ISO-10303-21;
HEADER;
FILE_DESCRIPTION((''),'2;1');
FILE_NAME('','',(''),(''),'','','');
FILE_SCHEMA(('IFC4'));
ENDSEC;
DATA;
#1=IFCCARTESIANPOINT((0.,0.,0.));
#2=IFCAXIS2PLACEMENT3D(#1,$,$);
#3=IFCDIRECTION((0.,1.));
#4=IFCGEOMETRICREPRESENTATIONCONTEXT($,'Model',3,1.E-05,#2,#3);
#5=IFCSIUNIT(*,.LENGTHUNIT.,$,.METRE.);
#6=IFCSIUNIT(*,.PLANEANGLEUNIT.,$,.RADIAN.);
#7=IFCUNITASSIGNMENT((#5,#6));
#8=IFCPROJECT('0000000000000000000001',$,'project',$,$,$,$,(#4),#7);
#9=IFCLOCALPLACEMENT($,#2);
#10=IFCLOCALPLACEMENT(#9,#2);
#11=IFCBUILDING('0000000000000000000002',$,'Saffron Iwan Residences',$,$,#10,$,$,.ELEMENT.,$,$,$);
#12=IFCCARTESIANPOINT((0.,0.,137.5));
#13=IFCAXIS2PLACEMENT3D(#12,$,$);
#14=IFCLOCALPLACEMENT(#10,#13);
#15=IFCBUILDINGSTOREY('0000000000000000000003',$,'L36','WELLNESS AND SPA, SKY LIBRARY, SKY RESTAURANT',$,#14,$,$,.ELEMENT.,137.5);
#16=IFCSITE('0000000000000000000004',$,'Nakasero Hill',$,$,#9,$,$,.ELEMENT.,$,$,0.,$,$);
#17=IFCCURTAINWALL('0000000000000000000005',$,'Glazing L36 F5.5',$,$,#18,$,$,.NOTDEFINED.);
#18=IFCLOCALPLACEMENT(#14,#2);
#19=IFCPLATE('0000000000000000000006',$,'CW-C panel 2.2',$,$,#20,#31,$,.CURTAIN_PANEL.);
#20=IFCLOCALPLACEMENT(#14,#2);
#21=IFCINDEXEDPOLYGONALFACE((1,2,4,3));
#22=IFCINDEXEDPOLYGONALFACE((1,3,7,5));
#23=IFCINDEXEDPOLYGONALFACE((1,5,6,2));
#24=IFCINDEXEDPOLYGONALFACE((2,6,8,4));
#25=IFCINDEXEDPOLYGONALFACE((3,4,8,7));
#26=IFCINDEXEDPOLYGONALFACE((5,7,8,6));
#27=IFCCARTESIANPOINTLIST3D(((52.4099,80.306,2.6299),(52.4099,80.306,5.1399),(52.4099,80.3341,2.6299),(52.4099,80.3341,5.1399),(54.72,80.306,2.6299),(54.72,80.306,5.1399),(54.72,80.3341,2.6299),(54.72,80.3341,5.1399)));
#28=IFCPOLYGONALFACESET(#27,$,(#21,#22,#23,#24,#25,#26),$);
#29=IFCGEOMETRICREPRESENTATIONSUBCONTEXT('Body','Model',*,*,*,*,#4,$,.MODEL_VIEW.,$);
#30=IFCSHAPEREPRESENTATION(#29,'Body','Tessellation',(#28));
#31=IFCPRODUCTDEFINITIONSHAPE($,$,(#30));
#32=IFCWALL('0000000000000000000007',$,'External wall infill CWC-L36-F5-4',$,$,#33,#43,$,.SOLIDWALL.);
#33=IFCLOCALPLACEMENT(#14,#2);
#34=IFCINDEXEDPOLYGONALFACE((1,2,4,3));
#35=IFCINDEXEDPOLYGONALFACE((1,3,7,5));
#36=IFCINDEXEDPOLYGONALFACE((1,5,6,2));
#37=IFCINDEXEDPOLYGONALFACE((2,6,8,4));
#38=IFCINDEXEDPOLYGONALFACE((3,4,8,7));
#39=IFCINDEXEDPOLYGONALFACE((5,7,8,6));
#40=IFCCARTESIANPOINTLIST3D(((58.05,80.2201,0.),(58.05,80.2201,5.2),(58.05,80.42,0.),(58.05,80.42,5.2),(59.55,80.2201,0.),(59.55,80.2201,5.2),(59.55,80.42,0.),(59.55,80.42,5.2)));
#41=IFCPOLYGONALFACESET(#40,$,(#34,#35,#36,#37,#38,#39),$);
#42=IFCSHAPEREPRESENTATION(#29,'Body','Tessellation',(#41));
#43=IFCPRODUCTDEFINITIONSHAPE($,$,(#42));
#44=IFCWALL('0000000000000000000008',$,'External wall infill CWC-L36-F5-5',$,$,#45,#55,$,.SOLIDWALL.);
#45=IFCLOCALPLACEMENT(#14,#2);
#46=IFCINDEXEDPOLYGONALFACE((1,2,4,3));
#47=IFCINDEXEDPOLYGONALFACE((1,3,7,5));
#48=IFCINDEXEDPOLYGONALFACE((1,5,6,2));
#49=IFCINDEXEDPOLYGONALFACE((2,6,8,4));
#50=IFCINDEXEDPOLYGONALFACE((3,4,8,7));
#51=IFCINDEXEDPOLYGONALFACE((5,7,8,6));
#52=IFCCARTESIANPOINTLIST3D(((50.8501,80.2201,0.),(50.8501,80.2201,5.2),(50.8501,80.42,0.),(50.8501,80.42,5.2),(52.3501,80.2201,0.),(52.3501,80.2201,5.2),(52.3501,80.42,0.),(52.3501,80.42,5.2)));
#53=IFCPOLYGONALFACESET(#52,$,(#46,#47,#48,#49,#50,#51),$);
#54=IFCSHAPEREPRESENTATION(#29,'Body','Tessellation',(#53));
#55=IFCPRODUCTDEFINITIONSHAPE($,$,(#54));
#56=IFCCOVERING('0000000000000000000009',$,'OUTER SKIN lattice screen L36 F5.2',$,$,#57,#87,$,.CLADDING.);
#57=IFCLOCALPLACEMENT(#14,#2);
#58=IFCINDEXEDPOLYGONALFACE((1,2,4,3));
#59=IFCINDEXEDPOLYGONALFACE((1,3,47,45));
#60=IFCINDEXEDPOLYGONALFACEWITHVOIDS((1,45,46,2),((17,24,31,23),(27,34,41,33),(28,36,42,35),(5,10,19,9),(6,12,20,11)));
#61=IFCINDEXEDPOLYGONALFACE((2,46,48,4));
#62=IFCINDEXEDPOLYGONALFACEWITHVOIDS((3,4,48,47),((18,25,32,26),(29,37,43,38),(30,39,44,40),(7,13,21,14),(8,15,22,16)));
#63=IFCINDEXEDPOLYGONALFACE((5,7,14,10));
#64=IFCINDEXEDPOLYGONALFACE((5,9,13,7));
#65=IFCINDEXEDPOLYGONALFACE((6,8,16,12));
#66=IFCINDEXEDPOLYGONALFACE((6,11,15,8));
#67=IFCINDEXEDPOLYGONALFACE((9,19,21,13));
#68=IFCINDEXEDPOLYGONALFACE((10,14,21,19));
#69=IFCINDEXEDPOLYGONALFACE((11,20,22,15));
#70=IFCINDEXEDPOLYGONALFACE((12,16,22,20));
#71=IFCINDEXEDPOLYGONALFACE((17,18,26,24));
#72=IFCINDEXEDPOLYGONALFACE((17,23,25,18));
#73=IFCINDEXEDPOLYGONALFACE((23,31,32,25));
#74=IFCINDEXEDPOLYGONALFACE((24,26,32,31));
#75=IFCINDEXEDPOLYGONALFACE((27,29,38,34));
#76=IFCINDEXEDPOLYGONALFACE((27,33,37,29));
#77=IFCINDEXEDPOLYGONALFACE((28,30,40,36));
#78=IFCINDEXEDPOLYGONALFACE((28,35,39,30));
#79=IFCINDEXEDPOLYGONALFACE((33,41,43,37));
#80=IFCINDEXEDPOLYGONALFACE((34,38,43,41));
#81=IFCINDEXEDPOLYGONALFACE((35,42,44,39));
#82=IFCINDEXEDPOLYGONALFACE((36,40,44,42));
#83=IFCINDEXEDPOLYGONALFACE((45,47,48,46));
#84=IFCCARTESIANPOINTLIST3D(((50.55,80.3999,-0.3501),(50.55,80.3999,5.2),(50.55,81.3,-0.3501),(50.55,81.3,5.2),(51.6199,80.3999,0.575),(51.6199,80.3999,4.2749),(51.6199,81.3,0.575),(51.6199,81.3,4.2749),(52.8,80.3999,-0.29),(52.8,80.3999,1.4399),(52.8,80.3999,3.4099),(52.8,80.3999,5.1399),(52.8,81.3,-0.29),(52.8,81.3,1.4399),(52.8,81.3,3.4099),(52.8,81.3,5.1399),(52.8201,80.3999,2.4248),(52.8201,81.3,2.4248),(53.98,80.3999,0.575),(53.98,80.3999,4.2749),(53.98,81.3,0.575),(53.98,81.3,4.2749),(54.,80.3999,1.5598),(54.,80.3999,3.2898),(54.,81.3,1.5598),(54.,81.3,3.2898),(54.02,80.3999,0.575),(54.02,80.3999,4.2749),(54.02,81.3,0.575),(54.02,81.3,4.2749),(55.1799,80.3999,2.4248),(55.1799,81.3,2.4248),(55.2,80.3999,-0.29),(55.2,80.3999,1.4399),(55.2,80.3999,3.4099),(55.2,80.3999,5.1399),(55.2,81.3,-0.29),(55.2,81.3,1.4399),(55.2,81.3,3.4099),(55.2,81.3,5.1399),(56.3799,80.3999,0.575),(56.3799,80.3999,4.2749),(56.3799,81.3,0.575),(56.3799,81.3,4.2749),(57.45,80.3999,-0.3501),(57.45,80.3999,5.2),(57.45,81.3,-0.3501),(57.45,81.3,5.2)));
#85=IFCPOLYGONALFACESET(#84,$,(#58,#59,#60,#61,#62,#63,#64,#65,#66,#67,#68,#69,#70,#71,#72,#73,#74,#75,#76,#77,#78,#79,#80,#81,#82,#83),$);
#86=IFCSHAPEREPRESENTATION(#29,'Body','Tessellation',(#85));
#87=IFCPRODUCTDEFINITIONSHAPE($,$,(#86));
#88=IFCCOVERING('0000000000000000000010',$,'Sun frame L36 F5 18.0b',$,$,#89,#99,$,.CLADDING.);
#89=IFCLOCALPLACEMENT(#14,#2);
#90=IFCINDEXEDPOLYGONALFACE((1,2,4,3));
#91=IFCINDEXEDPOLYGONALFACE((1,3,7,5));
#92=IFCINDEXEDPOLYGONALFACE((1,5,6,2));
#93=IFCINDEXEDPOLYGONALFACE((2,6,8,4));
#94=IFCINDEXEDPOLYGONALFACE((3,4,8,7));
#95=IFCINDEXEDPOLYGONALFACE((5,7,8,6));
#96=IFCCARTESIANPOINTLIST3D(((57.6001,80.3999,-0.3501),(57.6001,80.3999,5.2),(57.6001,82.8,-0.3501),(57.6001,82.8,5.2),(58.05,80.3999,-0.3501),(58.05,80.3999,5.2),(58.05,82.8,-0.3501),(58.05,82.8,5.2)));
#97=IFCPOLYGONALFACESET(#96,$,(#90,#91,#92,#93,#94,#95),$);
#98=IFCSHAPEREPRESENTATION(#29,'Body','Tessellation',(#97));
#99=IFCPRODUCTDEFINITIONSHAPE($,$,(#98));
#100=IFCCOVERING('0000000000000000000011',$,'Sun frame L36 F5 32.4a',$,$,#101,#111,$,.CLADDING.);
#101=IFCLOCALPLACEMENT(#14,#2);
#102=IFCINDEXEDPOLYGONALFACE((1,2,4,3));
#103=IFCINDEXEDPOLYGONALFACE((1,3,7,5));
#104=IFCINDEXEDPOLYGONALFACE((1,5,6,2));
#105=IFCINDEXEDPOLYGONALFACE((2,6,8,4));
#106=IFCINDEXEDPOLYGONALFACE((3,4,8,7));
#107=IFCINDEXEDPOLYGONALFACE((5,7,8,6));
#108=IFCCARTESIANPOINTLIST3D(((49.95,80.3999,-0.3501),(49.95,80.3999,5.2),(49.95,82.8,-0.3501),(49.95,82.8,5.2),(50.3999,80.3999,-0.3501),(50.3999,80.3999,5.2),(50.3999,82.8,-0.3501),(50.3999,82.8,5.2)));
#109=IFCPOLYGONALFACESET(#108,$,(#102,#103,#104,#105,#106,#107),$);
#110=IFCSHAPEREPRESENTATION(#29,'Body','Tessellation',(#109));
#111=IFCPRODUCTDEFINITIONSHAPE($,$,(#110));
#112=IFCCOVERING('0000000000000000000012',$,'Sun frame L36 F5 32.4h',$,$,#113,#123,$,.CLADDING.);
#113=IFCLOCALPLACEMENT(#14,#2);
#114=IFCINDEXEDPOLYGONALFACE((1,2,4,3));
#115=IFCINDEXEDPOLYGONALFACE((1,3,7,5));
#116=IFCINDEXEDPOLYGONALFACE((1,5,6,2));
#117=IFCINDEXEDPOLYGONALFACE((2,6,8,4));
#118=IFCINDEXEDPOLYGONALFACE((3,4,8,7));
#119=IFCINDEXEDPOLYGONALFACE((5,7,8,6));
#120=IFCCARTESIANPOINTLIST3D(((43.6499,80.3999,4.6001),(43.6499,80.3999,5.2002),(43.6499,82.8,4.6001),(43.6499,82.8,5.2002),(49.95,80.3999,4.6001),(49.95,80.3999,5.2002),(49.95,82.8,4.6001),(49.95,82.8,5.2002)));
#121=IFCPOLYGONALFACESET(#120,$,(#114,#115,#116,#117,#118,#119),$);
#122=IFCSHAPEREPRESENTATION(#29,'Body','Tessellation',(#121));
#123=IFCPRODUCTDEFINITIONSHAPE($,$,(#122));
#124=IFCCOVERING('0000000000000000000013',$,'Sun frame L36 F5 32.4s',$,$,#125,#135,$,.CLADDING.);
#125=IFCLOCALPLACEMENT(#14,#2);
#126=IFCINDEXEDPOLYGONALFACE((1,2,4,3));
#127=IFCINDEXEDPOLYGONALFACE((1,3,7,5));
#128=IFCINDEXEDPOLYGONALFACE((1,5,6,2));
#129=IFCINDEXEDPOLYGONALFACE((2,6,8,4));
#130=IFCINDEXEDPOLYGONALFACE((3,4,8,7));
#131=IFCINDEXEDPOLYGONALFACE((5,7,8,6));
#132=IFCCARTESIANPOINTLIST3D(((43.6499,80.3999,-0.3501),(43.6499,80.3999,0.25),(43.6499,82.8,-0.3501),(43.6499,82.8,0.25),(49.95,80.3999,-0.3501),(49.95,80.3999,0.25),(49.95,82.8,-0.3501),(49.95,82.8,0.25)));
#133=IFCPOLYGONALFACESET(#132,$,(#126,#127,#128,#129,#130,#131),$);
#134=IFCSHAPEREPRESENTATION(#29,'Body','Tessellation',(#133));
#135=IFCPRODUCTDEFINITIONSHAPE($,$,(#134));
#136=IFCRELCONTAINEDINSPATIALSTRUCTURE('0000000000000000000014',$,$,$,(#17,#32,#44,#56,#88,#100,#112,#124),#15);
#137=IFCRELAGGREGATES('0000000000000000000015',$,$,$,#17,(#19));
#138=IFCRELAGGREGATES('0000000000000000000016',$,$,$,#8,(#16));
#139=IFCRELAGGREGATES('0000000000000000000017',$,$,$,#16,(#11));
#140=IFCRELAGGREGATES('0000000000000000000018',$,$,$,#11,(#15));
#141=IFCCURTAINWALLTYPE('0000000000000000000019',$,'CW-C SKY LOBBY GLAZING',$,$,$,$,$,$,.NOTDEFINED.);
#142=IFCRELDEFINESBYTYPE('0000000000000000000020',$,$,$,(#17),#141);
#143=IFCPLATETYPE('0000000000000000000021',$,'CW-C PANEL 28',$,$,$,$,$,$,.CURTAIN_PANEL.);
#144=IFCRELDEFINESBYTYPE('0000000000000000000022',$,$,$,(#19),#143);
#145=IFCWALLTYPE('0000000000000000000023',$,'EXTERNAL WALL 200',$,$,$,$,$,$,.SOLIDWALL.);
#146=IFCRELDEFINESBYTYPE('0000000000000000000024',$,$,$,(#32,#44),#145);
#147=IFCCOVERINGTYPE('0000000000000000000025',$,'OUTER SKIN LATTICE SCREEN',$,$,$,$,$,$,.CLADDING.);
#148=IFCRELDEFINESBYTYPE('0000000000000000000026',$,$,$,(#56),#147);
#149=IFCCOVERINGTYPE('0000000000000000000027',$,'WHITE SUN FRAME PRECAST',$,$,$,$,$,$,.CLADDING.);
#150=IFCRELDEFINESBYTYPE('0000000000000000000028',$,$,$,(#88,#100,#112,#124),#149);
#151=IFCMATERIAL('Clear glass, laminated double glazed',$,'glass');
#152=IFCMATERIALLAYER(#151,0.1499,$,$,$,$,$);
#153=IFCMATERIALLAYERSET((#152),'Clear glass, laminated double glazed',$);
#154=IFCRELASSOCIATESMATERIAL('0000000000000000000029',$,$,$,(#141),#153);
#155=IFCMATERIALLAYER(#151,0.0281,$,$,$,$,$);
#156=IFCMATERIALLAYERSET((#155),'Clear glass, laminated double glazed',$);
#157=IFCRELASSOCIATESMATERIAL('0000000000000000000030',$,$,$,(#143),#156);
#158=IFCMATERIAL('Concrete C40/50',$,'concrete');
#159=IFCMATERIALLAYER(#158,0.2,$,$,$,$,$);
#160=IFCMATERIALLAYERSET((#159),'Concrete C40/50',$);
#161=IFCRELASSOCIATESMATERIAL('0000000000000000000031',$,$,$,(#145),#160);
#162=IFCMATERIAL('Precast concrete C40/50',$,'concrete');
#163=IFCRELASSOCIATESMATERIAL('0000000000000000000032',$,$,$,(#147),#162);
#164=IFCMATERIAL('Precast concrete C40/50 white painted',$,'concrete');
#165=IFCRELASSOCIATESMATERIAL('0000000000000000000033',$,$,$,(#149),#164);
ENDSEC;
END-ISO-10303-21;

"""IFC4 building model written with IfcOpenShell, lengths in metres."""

from ifc_helpers import new_model, si_unit, direction, frame, frame_2d, origin, origin_2d, place, context, subcontext, project, spatial, polyline, rectangle, outline, extrude, source, transform, mapped, material, layer, layer_set, type_object, element, aggregate, save


model = new_model("IFC4")

# Units and contexts
model_context = context("Model", 3, precision=1e-05, world=origin(), true_north=direction((0.0, 1.0)))
body_context = subcontext(model_context, "Body", "Model", "MODEL_VIEW")
ifc_project = project(units=[si_unit("LENGTHUNIT", "METRE"), si_unit("PLANEANGLEUNIT", "RADIAN")], contexts=[model_context])

# Site, building, storey
site_placement = place(None, origin())
site = spatial("IfcSite", under=ifc_project, at=site_placement, Name="Nakasero Hill", CompositionType="ELEMENT", RefElevation=0.0)
building_placement = place(site_placement, origin())
building = spatial("IfcBuilding", under=site, at=building_placement, Name="Saffron Iwan Residences", CompositionType="ELEMENT")
storey_placement = place(building_placement, frame((0.0, 0.0, 137.5)))
storey = spatial("IfcBuildingStorey", under=building, at=storey_placement, Name="L36", Description="WELLNESS AND SPA, SKY LIBRARY, SKY RESTAURANT", CompositionType="ELEMENT", Elevation=137.5)

# Shared definitions
ifc_material_1 = material(Name="Clear glass, laminated double glazed", Category="glass")
ifc_layer_1 = layer(ifc_material_1, 0.1499)
ifc_layer_set_1 = layer_set([ifc_layer_1], Name="Clear glass, laminated double glazed")
curtain_wall_type = type_object("IfcCurtainWallType", Name="CW-C SKY LOBBY GLAZING", PredefinedType="NOTDEFINED", material=ifc_layer_set_1)

# Curtain wall
curtain_wall_1_placement = place(storey_placement, origin())
curtain_wall_1 = element("IfcCurtainWall", 1, at=curtain_wall_1_placement, inside=storey, type_object=curtain_wall_type, Name="Glazing L36 F5.5", PredefinedType="NOTDEFINED")

# Plate
ifc_layer_2 = layer(ifc_material_1, 0.0281)
ifc_layer_set_2 = layer_set([ifc_layer_2], Name="Clear glass, laminated double glazed")
plate_type = type_object("IfcPlateType", Name="CW-C PANEL 28", PredefinedType="CURTAIN_PANEL", material=ifc_layer_set_2)
shared_shape_1 = source(origin(), body_context, "Body", "SweptSolid", [
    extrude(rectangle(XDim=2.3101, YDim=0.0281, at=origin_2d()), origin(), (0.0, 0.0, 1.0), 2.51),
])
plate_1_placement = place(storey_placement, frame((53.5649, 80.3201, 2.6299), z_axis=(0.0, 0.0, 1.0), x_axis=(-1.0, 0.0, 0.0)))
plate_1 = element("IfcPlate", 2, at=plate_1_placement, type_object=plate_type, Name="CW-C panel 2.2", PredefinedType="CURTAIN_PANEL", context=body_context, shape_type="MappedRepresentation", body=[
    mapped(shared_shape_1, transform((0.0, 0.0, 0.0))),
])
aggregate(curtain_wall_1, [plate_1])

# Walls
ifc_material_2 = material(Name="Concrete C40/50", Category="concrete")
ifc_layer_3 = layer(ifc_material_2, 0.2)
ifc_layer_set_3 = layer_set([ifc_layer_3], Name="Concrete C40/50")
wall_type = type_object("IfcWallType", Name="EXTERNAL WALL 200", PredefinedType="SOLIDWALL", material=ifc_layer_set_3)
for number, where, z_axis, x_axis, name in (
    (3, (59.55, 80.3201, 0.0), (0.0, 0.0, 1.0), (-1.0, 0.0, 0.0), "External wall infill CWC-L36-F5-4"),
    (4, (52.3501, 80.3201, 0.0), (0.0, 0.0, 1.0), (-1.0, 0.0, 0.0), "External wall infill CWC-L36-F5-5"),
):
    element("IfcWall", number, at=place(storey_placement, frame(where, z_axis=z_axis, x_axis=x_axis)), inside=storey, type_object=wall_type, Name=name, PredefinedType="SOLIDWALL", context=body_context, shape_type="SweptSolid", body=[
        extrude(rectangle(XDim=1.5, YDim=0.2, at=frame_2d((0.75, 0.0))), origin(), (0.0, 0.0, 1.0), 5.2),
    ])

# Coverings
ifc_material_3 = material(Name="Precast concrete C40/50", Category="concrete")
covering_type_1 = type_object("IfcCoveringType", Name="OUTER SKIN LATTICE SCREEN", PredefinedType="CLADDING", material=ifc_material_3)
covering_placement = place(storey_placement, frame((57.45, 80.3999, -0.3501), z_axis=(0.0, 1.0, 0.0), x_axis=(-1.0, 0.0, 0.0)))
element("IfcCovering", 5, at=covering_placement, inside=storey, type_object=covering_type_1, Name="OUTER SKIN lattice screen L36 F5.2", PredefinedType="CLADDING", context=body_context, shape_type="SweptSolid", body=[
    extrude(outline(polyline([(0.0, 0.0), (6.8999, 0.0), (6.8999, 5.55), (0.0, 5.55), (0.0, 0.0)]), holes=[polyline([(1.0701, 0.925), (2.25, 0.0601), (3.4299, 0.925), (2.25, 1.79), (1.0701, 0.925)]), polyline([(3.47, 0.925), (4.6499, 0.0601), (5.8301, 0.925), (4.6499, 1.79), (3.47, 0.925)]), polyline([(2.27, 2.7749), (3.45, 1.9099), (4.6299, 2.7749), (3.45, 3.6399), (2.27, 2.7749)]), polyline([(1.0701, 4.625), (2.25, 3.76), (3.4299, 4.625), (2.25, 5.49), (1.0701, 4.625)]), polyline([(3.47, 4.625), (4.6499, 3.76), (5.8301, 4.625), (4.6499, 5.49), (3.47, 4.625)])]), origin(), (0.0, 0.0, 1.0), 0.9001),
])
ifc_material_4 = material(Name="Precast concrete C40/50 white painted", Category="concrete")
covering_type_2 = type_object("IfcCoveringType", Name="WHITE SUN FRAME PRECAST", PredefinedType="CLADDING", material=ifc_material_4)
for number, where, z_axis, x_axis, name in (
    (6, (58.05, 80.3999, -0.3501), (0.0, 1.0, 0.0), (-1.0, 0.0, 0.0), "Sun frame L36 F5 18.0b"),
    (7, (50.3999, 80.3999, -0.3501), (0.0, 1.0, 0.0), (-1.0, 0.0, 0.0), "Sun frame L36 F5 32.4a"),
):
    element("IfcCovering", number, at=place(storey_placement, frame(where, z_axis=z_axis, x_axis=x_axis)), inside=storey, type_object=covering_type_2, Name=name, PredefinedType="CLADDING", context=body_context, shape_type="SweptSolid", body=[
        extrude(outline(polyline([(0.0, 0.0), (0.45, 0.0), (0.45, 5.55), (0.0, 5.55), (0.0, 0.0)])), origin(), (0.0, 0.0, 1.0), 2.4001),
    ])
for number, where, z_axis, x_axis, name in (
    (8, (49.95, 80.3999, 4.6001), (0.0, 1.0, 0.0), (-1.0, 0.0, 0.0), "Sun frame L36 F5 32.4h"),
    (9, (49.95, 80.3999, -0.3501), (0.0, 1.0, 0.0), (-1.0, 0.0, 0.0), "Sun frame L36 F5 32.4s"),
):
    element("IfcCovering", number, at=place(storey_placement, frame(where, z_axis=z_axis, x_axis=x_axis)), inside=storey, type_object=covering_type_2, Name=name, PredefinedType="CLADDING", context=body_context, shape_type="SweptSolid", body=[
        extrude(outline(polyline([(0.0, 0.0), (6.3, 0.0), (6.3, 0.6001), (0.0, 0.6001), (0.0, 0.0)])), origin(), (0.0, 0.0, 1.0), 2.4001),
    ])

save(model, "model.ifc")
